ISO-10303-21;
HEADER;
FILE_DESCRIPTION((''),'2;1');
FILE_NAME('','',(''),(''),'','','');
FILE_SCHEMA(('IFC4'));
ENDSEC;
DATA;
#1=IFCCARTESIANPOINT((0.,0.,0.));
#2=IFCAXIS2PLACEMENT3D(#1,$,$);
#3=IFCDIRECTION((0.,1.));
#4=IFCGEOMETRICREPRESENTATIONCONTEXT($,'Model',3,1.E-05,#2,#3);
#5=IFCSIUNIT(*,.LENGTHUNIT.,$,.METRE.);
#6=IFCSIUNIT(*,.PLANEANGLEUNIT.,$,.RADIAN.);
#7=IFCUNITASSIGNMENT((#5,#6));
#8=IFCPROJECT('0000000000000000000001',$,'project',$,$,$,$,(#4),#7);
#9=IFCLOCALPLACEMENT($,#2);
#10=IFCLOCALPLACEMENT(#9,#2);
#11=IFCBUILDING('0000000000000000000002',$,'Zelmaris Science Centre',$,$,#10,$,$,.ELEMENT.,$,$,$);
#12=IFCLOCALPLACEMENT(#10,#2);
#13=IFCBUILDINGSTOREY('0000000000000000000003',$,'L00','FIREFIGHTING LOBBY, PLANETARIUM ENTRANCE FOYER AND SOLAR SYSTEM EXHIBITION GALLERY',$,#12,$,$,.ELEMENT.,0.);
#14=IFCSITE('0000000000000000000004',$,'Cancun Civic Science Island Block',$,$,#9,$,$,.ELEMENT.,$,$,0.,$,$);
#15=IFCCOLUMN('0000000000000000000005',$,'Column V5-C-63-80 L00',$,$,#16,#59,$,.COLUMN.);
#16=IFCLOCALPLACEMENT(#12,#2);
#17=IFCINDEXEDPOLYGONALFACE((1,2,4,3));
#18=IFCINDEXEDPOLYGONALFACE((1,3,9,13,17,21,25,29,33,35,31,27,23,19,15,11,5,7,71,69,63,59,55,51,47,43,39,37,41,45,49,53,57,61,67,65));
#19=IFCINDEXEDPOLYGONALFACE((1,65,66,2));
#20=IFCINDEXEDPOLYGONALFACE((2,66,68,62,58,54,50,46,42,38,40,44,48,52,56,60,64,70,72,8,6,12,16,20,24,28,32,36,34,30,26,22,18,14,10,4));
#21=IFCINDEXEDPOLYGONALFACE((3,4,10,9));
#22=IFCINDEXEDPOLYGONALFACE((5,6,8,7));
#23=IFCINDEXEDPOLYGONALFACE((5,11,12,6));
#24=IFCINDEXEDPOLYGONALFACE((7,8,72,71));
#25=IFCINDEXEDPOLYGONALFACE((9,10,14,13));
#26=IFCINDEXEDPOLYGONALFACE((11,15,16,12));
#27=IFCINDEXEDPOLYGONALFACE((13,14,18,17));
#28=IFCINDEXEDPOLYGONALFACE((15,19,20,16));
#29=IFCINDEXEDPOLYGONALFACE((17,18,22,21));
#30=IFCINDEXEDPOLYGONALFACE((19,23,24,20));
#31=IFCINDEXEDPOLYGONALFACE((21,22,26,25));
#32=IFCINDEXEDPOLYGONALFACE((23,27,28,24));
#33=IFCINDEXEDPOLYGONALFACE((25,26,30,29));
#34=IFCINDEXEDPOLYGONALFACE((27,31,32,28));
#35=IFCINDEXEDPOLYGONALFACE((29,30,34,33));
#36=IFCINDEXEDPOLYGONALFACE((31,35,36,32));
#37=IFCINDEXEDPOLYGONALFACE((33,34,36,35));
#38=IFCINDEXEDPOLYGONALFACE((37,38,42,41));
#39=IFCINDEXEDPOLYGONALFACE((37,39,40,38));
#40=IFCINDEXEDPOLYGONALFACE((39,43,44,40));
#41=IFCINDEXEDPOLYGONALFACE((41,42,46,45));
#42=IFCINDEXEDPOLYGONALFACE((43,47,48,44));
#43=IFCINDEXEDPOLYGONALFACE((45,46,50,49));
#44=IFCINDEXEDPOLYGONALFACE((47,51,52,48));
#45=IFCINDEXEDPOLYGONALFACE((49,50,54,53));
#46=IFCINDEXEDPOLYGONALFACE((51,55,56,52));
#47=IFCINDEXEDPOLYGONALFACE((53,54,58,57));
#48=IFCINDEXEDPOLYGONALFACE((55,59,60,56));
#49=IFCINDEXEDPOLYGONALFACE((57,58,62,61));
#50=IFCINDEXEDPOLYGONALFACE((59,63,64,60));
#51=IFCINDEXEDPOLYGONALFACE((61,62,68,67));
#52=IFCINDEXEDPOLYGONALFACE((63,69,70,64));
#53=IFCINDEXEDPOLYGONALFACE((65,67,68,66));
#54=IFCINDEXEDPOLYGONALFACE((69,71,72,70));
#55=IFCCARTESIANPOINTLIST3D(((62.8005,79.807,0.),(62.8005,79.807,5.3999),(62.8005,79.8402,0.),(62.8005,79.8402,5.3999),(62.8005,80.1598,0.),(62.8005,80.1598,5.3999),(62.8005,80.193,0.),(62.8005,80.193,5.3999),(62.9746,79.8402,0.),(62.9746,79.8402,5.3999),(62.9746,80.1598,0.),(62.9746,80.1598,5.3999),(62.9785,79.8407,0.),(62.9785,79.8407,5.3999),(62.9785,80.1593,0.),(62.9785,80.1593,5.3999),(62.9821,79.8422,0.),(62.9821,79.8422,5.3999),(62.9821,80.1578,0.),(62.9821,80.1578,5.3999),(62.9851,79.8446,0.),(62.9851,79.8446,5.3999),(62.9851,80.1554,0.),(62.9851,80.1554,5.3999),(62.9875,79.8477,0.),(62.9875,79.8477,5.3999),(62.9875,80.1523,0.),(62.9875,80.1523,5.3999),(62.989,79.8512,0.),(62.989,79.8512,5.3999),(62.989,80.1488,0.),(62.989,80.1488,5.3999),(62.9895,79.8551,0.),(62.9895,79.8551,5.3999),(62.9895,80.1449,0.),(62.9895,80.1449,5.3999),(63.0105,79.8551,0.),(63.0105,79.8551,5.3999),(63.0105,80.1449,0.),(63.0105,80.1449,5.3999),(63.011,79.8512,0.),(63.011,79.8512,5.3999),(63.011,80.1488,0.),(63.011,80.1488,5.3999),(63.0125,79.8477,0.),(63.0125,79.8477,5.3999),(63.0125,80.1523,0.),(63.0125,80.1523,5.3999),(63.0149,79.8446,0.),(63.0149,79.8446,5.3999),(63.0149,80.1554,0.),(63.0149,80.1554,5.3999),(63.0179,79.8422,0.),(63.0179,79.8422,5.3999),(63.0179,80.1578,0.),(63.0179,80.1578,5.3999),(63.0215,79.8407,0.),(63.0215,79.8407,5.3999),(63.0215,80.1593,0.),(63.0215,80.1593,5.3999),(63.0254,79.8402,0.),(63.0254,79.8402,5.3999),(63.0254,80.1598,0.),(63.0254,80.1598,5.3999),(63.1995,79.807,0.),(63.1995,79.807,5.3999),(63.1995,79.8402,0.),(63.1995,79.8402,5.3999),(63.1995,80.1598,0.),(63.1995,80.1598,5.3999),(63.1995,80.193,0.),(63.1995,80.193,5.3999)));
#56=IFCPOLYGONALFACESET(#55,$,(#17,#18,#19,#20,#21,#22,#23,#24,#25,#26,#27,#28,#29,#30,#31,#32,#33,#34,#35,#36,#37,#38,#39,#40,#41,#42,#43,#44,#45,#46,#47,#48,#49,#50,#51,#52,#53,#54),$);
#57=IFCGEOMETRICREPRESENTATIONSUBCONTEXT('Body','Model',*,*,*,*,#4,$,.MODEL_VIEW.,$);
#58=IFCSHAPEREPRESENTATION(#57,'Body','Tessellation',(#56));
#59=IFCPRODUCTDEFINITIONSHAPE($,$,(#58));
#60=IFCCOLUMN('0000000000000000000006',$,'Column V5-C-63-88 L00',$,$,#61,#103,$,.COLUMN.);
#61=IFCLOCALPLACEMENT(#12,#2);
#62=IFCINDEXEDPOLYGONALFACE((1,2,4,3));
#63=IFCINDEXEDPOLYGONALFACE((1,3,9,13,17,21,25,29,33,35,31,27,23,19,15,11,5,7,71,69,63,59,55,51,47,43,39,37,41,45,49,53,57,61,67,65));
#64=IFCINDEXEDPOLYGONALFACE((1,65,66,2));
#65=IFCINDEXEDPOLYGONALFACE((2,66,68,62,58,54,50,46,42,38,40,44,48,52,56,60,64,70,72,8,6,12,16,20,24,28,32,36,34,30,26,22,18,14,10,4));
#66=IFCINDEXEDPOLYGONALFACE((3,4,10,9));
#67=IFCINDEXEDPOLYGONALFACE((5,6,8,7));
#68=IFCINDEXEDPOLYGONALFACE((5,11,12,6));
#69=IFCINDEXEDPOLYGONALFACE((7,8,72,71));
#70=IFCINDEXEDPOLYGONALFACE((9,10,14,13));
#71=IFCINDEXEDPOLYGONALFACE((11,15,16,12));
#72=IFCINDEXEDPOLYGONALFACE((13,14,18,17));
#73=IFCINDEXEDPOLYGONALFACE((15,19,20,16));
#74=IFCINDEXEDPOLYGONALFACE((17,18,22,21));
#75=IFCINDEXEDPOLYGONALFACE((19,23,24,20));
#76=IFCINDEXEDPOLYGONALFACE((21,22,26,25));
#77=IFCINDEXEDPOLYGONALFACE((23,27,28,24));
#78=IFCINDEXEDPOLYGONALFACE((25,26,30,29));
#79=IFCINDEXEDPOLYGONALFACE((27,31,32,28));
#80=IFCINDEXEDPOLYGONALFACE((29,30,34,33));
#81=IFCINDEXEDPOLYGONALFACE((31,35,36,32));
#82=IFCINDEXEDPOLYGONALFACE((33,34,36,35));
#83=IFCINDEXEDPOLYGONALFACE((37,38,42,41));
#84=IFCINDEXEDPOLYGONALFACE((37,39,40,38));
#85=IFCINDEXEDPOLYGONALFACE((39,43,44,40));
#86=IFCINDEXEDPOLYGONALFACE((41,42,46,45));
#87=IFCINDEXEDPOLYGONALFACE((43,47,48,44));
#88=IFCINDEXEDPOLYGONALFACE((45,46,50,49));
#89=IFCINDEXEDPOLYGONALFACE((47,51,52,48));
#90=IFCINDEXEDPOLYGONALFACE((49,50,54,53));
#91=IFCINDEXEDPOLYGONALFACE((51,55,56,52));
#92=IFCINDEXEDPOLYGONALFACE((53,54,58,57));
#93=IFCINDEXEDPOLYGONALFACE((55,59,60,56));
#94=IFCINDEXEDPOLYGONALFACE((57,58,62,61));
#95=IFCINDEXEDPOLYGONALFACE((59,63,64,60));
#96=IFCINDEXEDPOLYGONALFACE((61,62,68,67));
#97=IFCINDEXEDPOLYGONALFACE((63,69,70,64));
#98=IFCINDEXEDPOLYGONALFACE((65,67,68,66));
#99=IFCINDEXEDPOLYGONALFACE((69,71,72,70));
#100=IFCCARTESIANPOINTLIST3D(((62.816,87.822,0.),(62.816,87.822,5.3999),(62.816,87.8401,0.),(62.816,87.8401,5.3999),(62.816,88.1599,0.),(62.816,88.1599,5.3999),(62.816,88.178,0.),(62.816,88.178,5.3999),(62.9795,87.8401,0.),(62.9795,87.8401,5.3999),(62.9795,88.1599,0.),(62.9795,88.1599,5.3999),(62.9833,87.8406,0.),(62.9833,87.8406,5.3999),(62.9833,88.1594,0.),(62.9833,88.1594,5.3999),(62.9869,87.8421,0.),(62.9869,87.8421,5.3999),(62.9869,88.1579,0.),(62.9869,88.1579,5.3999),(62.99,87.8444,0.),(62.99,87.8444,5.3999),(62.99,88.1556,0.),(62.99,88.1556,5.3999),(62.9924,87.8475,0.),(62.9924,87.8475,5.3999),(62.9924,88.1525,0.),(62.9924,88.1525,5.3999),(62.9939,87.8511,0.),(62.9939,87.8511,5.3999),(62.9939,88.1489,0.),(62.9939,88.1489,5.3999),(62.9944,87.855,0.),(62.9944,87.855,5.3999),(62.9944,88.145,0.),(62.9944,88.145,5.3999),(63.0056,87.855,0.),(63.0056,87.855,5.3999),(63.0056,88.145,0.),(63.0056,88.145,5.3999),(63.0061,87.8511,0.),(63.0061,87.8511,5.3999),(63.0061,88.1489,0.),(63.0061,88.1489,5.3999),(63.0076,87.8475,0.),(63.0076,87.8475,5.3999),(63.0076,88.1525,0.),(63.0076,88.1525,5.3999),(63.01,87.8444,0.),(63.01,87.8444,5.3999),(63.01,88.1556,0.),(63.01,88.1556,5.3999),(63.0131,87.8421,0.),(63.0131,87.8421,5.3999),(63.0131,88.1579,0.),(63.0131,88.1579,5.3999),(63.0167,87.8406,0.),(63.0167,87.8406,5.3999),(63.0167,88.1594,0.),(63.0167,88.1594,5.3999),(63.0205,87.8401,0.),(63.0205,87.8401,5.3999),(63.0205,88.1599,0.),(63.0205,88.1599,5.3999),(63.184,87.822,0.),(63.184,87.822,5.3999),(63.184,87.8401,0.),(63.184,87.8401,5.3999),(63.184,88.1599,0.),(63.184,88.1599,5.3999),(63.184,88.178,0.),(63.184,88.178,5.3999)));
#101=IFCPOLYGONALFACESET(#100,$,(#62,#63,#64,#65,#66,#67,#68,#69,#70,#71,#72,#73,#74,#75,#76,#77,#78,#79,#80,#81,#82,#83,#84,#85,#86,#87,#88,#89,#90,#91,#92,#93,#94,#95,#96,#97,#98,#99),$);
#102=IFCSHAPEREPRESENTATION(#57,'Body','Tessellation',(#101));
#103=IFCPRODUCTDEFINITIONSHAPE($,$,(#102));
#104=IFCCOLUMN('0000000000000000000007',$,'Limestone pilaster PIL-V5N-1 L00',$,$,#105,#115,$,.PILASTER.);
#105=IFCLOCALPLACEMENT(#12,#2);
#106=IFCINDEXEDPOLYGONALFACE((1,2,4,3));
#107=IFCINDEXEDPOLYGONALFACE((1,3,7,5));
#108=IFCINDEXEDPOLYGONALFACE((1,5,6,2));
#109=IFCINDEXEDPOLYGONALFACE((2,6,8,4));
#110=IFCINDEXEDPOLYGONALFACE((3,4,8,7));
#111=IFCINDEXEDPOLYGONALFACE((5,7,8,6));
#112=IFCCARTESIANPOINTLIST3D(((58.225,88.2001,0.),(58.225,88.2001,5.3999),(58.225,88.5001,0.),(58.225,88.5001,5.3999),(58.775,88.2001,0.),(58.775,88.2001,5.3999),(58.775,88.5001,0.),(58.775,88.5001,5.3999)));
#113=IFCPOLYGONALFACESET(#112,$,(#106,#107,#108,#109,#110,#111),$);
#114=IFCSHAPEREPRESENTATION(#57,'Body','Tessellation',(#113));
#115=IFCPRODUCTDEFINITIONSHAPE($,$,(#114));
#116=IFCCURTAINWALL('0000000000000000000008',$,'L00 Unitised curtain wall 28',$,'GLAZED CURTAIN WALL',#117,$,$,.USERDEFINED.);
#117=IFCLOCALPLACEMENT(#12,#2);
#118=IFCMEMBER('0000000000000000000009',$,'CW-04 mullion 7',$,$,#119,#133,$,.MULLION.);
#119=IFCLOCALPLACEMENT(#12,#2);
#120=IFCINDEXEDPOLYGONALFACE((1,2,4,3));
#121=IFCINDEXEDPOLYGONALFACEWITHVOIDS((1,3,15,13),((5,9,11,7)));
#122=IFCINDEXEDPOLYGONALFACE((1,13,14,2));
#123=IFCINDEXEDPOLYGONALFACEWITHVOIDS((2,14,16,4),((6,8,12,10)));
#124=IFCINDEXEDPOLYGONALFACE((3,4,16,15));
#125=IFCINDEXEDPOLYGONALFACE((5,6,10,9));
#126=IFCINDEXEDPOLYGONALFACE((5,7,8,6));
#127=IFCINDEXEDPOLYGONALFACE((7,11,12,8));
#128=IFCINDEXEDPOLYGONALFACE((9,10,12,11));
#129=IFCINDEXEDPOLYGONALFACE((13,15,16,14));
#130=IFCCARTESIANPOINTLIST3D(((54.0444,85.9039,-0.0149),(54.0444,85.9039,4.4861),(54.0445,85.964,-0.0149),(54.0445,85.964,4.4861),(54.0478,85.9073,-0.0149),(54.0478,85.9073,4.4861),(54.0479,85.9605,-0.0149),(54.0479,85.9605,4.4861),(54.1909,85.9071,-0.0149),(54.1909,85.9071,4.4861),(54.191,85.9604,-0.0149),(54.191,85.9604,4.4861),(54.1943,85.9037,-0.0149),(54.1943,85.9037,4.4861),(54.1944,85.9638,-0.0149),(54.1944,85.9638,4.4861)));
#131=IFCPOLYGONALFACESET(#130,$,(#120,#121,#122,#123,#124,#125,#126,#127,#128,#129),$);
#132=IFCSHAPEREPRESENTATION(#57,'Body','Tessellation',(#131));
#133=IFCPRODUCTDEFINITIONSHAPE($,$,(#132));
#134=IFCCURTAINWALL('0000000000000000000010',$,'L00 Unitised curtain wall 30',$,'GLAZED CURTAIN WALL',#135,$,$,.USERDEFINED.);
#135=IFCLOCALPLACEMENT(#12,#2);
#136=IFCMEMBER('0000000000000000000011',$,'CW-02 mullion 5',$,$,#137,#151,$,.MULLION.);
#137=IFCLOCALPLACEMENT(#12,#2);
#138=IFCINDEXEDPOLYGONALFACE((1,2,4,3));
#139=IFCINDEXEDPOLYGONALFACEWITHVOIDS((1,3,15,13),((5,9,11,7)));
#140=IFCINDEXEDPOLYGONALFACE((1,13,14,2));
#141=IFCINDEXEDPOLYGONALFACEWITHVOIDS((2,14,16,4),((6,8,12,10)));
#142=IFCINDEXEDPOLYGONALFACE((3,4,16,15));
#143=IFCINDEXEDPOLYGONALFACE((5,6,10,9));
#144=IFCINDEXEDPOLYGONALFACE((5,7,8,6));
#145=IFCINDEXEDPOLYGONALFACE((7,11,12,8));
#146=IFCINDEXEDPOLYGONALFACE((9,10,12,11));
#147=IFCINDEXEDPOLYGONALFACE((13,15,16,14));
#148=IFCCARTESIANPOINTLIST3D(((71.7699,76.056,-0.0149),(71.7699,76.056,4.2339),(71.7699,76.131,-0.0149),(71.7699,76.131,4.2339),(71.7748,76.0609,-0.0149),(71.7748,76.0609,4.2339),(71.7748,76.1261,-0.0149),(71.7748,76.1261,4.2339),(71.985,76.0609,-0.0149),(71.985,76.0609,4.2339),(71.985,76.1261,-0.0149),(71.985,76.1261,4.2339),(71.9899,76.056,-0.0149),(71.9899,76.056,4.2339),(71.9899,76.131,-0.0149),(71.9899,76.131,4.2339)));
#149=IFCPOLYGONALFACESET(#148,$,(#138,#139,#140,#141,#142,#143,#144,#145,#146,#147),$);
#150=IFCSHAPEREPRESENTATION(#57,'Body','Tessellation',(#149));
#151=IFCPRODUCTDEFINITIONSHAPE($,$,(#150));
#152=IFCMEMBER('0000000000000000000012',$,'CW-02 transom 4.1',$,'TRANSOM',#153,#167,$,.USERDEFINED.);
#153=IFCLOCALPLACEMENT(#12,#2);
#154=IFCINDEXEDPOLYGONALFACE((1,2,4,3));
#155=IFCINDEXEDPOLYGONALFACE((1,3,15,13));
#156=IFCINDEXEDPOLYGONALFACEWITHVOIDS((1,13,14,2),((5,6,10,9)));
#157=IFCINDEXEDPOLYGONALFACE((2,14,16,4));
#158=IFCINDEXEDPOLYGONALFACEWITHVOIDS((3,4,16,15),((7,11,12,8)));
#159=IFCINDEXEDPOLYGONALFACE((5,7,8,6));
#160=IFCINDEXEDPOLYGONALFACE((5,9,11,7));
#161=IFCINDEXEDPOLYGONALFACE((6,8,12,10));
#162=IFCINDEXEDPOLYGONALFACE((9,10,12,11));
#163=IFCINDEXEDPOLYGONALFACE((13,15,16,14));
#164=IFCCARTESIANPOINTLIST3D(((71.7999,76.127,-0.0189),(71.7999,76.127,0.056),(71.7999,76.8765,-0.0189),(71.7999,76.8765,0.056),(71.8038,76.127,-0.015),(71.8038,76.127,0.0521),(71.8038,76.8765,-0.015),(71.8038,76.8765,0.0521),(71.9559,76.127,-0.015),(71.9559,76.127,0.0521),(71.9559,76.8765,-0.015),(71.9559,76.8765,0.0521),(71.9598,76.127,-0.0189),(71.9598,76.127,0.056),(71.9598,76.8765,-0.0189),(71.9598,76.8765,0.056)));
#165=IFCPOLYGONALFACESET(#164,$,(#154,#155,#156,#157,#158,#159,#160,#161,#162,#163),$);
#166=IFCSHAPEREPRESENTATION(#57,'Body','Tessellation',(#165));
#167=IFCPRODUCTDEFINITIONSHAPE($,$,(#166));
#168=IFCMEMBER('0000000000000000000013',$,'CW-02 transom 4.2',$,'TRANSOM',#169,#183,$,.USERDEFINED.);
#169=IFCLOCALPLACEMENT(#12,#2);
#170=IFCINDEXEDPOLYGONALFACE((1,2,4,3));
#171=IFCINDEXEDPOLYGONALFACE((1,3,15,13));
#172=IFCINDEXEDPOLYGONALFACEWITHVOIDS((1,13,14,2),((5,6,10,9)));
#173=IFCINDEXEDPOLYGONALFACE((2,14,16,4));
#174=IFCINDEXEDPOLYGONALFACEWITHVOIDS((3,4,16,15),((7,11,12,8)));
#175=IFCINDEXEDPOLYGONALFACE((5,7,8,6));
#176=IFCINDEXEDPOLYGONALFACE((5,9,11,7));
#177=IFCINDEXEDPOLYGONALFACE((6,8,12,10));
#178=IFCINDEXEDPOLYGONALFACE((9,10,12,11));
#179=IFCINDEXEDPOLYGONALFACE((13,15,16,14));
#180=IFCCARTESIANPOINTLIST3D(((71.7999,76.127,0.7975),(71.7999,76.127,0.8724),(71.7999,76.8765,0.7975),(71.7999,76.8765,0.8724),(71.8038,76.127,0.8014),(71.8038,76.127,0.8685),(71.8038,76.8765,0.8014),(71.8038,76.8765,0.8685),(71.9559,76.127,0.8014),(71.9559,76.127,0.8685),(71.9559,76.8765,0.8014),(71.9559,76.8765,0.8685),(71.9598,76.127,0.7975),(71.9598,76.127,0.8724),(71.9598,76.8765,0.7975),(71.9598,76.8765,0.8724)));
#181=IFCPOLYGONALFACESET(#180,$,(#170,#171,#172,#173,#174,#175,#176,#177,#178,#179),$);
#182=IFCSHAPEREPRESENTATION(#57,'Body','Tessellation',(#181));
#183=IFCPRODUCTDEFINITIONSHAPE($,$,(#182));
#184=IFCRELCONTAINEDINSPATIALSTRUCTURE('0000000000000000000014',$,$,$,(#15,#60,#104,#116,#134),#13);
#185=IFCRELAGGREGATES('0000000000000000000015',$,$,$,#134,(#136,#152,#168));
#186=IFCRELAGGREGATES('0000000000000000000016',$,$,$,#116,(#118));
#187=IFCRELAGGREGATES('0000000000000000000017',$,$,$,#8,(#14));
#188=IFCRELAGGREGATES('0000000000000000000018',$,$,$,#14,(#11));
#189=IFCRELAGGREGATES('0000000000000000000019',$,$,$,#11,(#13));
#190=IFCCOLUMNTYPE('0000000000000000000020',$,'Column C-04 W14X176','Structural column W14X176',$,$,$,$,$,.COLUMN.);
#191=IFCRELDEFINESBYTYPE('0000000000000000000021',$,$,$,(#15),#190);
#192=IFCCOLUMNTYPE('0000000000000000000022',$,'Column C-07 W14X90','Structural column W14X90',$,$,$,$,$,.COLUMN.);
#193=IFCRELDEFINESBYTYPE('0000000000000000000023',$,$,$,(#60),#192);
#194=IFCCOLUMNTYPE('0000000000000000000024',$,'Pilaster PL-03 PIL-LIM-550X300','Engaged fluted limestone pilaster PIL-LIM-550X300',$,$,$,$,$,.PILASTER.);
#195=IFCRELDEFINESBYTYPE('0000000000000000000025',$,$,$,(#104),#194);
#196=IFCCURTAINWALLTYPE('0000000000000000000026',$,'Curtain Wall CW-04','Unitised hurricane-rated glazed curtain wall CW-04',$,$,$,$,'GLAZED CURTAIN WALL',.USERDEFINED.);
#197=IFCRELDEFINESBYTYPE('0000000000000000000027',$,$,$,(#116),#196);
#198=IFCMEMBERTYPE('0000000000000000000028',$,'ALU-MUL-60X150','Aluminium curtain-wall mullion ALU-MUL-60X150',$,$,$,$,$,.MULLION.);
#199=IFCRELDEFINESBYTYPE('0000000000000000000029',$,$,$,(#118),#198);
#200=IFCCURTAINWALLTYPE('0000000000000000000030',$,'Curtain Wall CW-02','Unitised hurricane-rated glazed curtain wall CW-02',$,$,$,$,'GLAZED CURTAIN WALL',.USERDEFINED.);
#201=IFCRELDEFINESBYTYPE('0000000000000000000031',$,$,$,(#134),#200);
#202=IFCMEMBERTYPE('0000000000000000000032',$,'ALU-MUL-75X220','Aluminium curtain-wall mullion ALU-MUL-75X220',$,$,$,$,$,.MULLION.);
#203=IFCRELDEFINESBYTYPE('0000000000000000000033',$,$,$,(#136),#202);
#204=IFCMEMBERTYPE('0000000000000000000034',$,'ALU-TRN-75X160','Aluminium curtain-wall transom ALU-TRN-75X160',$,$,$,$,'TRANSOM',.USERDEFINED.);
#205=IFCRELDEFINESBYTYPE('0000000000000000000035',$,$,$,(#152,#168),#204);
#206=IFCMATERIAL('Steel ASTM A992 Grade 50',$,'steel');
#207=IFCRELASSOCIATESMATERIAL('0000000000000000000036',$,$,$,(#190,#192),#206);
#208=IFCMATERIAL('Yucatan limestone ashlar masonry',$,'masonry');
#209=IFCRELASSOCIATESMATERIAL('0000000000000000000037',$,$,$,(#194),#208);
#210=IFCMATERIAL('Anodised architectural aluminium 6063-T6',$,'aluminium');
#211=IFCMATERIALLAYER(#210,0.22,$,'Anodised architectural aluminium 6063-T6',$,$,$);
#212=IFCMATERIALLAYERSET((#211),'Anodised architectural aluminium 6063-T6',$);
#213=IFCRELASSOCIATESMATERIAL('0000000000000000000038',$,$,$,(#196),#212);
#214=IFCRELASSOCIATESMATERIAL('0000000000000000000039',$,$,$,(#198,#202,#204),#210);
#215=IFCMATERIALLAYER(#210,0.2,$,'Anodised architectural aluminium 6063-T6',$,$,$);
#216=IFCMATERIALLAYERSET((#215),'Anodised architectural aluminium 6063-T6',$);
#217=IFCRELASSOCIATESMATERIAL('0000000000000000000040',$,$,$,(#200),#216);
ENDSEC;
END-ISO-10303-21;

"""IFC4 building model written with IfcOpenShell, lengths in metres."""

from ifc_helpers import new_model, si_unit, direction, frame, origin, origin_2d, place, context, subcontext, project, spatial, rectangle, hollow_rectangle, i_section, extrude, material, layer, layer_set, material_profile, profile_set, type_object, element, aggregate, save


model = new_model("IFC4")

# Units and contexts
model_context = context("Model", 3, precision=1e-05, world=origin(), true_north=direction((0.0, 1.0)))
body_context = subcontext(model_context, "Body", "Model", "MODEL_VIEW")
ifc_project = project(units=[si_unit("LENGTHUNIT", "METRE"), si_unit("PLANEANGLEUNIT", "RADIAN")], contexts=[model_context])

# Site, building, storey
site_placement = place(None, origin())
site = spatial("IfcSite", under=ifc_project, at=site_placement, Name="Cancun Civic Science Island Block", CompositionType="ELEMENT", RefElevation=0.0)
building_placement = place(site_placement, origin())
building = spatial("IfcBuilding", under=site, at=building_placement, Name="Zelmaris Science Centre", CompositionType="ELEMENT")
storey_placement = place(building_placement, origin())
storey = spatial("IfcBuildingStorey", under=building, at=storey_placement, Name="L00", Description="FIREFIGHTING LOBBY, PLANETARIUM ENTRANCE FOYER AND SOLAR SYSTEM EXHIBITION GALLERY", CompositionType="ELEMENT", Elevation=0.0)

# Columns
ifc_material_1 = material(Name="Steel ASTM A992 Grade 50", Category="steel")
ifc_material_profile_1 = material_profile(ifc_material_1, i_section(OverallWidth=0.3989, OverallDepth=0.386, WebThickness=0.021, FlangeThickness=0.0332, FilletRadius=0.0149, at=origin_2d()), Name="W14X176")
ifc_profile_set_1 = profile_set([ifc_material_profile_1], Name="Steel ASTM A992 Grade 50")
column_type_1 = type_object("IfcColumnType", Name="Column C-04 W14X176", Description="Structural column W14X176", PredefinedType="COLUMN", material=ifc_profile_set_1)
column_1_placement = place(storey_placement, frame((63.0, 80.0, 0.0), z_axis=(0.0, 0.0, 1.0), x_axis=(1.0, 0.0, 0.0)))
element("IfcColumn", 1, at=column_1_placement, inside=storey, type_object=column_type_1, Name="Column V5-C-63-80 L00", PredefinedType="COLUMN", context=body_context, shape_type="SweptSolid", body=[
    extrude(i_section(OverallWidth=0.3989, OverallDepth=0.386, WebThickness=0.021, FlangeThickness=0.0332, FilletRadius=0.0149, at=origin_2d()), origin(), (0.0, 0.0, 1.0), 5.3999),
])
ifc_material_profile_2 = material_profile(ifc_material_1, i_section(OverallWidth=0.3679, OverallDepth=0.356, WebThickness=0.0112, FlangeThickness=0.0181, FilletRadius=0.0149, at=origin_2d()), Name="W14X90")
ifc_profile_set_2 = profile_set([ifc_material_profile_2], Name="Steel ASTM A992 Grade 50")
column_type_2 = type_object("IfcColumnType", Name="Column C-07 W14X90", Description="Structural column W14X90", PredefinedType="COLUMN", material=ifc_profile_set_2)
column_2_placement = place(storey_placement, frame((63.0, 88.0, 0.0), z_axis=(0.0, 0.0, 1.0), x_axis=(1.0, 0.0, 0.0)))
element("IfcColumn", 2, at=column_2_placement, inside=storey, type_object=column_type_2, Name="Column V5-C-63-88 L00", PredefinedType="COLUMN", context=body_context, shape_type="SweptSolid", body=[
    extrude(i_section(OverallWidth=0.3679, OverallDepth=0.356, WebThickness=0.0112, FlangeThickness=0.0181, FilletRadius=0.0149, at=origin_2d()), origin(), (0.0, 0.0, 1.0), 5.3999),
])
ifc_material_2 = material(Name="Yucatan limestone ashlar masonry", Category="masonry")
ifc_material_profile_3 = material_profile(ifc_material_2, rectangle(XDim=0.55, YDim=0.3, at=origin_2d()), Name="PIL-LIM-550X300")
ifc_profile_set_3 = profile_set([ifc_material_profile_3], Name="Yucatan limestone ashlar masonry")
column_type_3 = type_object("IfcColumnType", Name="Pilaster PL-03 PIL-LIM-550X300", Description="Engaged fluted limestone pilaster PIL-LIM-550X300", PredefinedType="PILASTER", material=ifc_profile_set_3)
column_3_placement = place(storey_placement, frame((58.5, 88.3501, 0.0), z_axis=(0.0, 0.0, 1.0), x_axis=(1.0, 0.0, 0.0)))
element("IfcColumn", 3, at=column_3_placement, inside=storey, type_object=column_type_3, Name="Limestone pilaster PIL-V5N-1 L00", PredefinedType="PILASTER", context=body_context, shape_type="SweptSolid", body=[
    extrude(rectangle(XDim=0.55, YDim=0.3, at=origin_2d()), origin(), (0.0, 0.0, 1.0), 5.3999),
])

# Curtain wall, member
ifc_material_3 = material(Name="Anodised architectural aluminium 6063-T6", Category="aluminium")
ifc_layer_1 = layer(ifc_material_3, 0.22, Name="Anodised architectural aluminium 6063-T6")
ifc_layer_set_1 = layer_set([ifc_layer_1], Name="Anodised architectural aluminium 6063-T6")
curtain_wall_type_1 = type_object("IfcCurtainWallType", Name="Curtain Wall CW-04", Description="Unitised hurricane-rated glazed curtain wall CW-04", ElementType="GLAZED CURTAIN WALL", PredefinedType="USERDEFINED", material=ifc_layer_set_1)
curtain_wall_1_placement = place(storey_placement, origin())
curtain_wall_1 = element("IfcCurtainWall", 4, at=curtain_wall_1_placement, inside=storey, type_object=curtain_wall_type_1, Name="L00 Unitised curtain wall 28", ObjectType="GLAZED CURTAIN WALL", PredefinedType="USERDEFINED")
ifc_material_profile_4 = material_profile(ifc_material_3, hollow_rectangle(XDim=0.0601, YDim=0.1499, WallThickness=0.0034, at=origin_2d()), Name="ALU-MUL-60X150")
ifc_profile_set_4 = profile_set([ifc_material_profile_4], Name="Anodised architectural aluminium 6063-T6")
member_type_1 = type_object("IfcMemberType", Name="ALU-MUL-60X150", Description="Aluminium curtain-wall mullion ALU-MUL-60X150", PredefinedType="MULLION", material=ifc_profile_set_4)
member_1_placement = place(storey_placement, frame((54.1194, 85.9338, -0.0149), z_axis=(0.0, 0.0, 1.0), x_axis=(0.001307, 0.999999, 0.0)))
member_1 = element("IfcMember", 5, at=member_1_placement, type_object=member_type_1, Name="CW-04 mullion 7", PredefinedType="MULLION", context=body_context, shape_type="SweptSolid", body=[
    extrude(hollow_rectangle(XDim=0.0601, YDim=0.1499, WallThickness=0.0034, at=origin_2d()), origin(), (0.0, 0.0, 1.0), 4.501),
])

# Curtain wall, members
ifc_layer_2 = layer(ifc_material_3, 0.2, Name="Anodised architectural aluminium 6063-T6")
ifc_layer_set_2 = layer_set([ifc_layer_2], Name="Anodised architectural aluminium 6063-T6")
curtain_wall_type_2 = type_object("IfcCurtainWallType", Name="Curtain Wall CW-02", Description="Unitised hurricane-rated glazed curtain wall CW-02", ElementType="GLAZED CURTAIN WALL", PredefinedType="USERDEFINED", material=ifc_layer_set_2)
curtain_wall_2_placement = place(storey_placement, origin())
curtain_wall_2 = element("IfcCurtainWall", 6, at=curtain_wall_2_placement, inside=storey, type_object=curtain_wall_type_2, Name="L00 Unitised curtain wall 30", ObjectType="GLAZED CURTAIN WALL", PredefinedType="USERDEFINED")
ifc_material_profile_5 = material_profile(ifc_material_3, hollow_rectangle(XDim=0.075, YDim=0.22, WallThickness=0.0049, at=origin_2d()), Name="ALU-MUL-75X220")
ifc_profile_set_5 = profile_set([ifc_material_profile_5], Name="Anodised architectural aluminium 6063-T6")
member_type_2 = type_object("IfcMemberType", Name="ALU-MUL-75X220", Description="Aluminium curtain-wall mullion ALU-MUL-75X220", PredefinedType="MULLION", material=ifc_profile_set_5)
member_2_placement = place(storey_placement, frame((71.8799, 76.0935, -0.0149), z_axis=(0.0, 0.0, 1.0), x_axis=(0.0, -1.0, 0.0)))
member_2 = element("IfcMember", 7, at=member_2_placement, type_object=member_type_2, Name="CW-02 mullion 5", PredefinedType="MULLION", context=body_context, shape_type="SweptSolid", body=[
    extrude(hollow_rectangle(XDim=0.075, YDim=0.22, WallThickness=0.0049, at=origin_2d()), origin(), (0.0, 0.0, 1.0), 4.2488),
])
ifc_material_profile_6 = material_profile(ifc_material_3, hollow_rectangle(XDim=0.075, YDim=0.1599, WallThickness=0.0039, at=origin_2d()), Name="ALU-TRN-75X160")
ifc_profile_set_6 = profile_set([ifc_material_profile_6], Name="Anodised architectural aluminium 6063-T6")
member_type_3 = type_object("IfcMemberType", Name="ALU-TRN-75X160", Description="Aluminium curtain-wall transom ALU-TRN-75X160", ElementType="TRANSOM", PredefinedType="USERDEFINED", material=ifc_profile_set_6)
member_3_placement = place(storey_placement, frame((71.8799, 76.8765, 0.0186), z_axis=(0.0, -1.0, 0.0), x_axis=(0.0, 0.0, 1.0)))
member_3 = element("IfcMember", 8, at=member_3_placement, type_object=member_type_3, Name="CW-02 transom 4.1", ObjectType="TRANSOM", PredefinedType="USERDEFINED", context=body_context, shape_type="SweptSolid", body=[
    extrude(hollow_rectangle(XDim=0.075, YDim=0.1599, WallThickness=0.0039, at=origin_2d()), origin(), (0.0, 0.0, 1.0), 0.7495),
])
member_4_placement = place(storey_placement, frame((71.8799, 76.8765, 0.835), z_axis=(0.0, -1.0, 0.0), x_axis=(0.0, 0.0, 1.0)))
member_4 = element("IfcMember", 9, at=member_4_placement, type_object=member_type_3, Name="CW-02 transom 4.2", ObjectType="TRANSOM", PredefinedType="USERDEFINED", context=body_context, shape_type="SweptSolid", body=[
    extrude(hollow_rectangle(XDim=0.075, YDim=0.1599, WallThickness=0.0039, at=origin_2d()), origin(), (0.0, 0.0, 1.0), 0.7495),
])

aggregate(curtain_wall_2, [member_2, member_3, member_4])
aggregate(curtain_wall_1, [member_1])

save(model, "model.ifc")
